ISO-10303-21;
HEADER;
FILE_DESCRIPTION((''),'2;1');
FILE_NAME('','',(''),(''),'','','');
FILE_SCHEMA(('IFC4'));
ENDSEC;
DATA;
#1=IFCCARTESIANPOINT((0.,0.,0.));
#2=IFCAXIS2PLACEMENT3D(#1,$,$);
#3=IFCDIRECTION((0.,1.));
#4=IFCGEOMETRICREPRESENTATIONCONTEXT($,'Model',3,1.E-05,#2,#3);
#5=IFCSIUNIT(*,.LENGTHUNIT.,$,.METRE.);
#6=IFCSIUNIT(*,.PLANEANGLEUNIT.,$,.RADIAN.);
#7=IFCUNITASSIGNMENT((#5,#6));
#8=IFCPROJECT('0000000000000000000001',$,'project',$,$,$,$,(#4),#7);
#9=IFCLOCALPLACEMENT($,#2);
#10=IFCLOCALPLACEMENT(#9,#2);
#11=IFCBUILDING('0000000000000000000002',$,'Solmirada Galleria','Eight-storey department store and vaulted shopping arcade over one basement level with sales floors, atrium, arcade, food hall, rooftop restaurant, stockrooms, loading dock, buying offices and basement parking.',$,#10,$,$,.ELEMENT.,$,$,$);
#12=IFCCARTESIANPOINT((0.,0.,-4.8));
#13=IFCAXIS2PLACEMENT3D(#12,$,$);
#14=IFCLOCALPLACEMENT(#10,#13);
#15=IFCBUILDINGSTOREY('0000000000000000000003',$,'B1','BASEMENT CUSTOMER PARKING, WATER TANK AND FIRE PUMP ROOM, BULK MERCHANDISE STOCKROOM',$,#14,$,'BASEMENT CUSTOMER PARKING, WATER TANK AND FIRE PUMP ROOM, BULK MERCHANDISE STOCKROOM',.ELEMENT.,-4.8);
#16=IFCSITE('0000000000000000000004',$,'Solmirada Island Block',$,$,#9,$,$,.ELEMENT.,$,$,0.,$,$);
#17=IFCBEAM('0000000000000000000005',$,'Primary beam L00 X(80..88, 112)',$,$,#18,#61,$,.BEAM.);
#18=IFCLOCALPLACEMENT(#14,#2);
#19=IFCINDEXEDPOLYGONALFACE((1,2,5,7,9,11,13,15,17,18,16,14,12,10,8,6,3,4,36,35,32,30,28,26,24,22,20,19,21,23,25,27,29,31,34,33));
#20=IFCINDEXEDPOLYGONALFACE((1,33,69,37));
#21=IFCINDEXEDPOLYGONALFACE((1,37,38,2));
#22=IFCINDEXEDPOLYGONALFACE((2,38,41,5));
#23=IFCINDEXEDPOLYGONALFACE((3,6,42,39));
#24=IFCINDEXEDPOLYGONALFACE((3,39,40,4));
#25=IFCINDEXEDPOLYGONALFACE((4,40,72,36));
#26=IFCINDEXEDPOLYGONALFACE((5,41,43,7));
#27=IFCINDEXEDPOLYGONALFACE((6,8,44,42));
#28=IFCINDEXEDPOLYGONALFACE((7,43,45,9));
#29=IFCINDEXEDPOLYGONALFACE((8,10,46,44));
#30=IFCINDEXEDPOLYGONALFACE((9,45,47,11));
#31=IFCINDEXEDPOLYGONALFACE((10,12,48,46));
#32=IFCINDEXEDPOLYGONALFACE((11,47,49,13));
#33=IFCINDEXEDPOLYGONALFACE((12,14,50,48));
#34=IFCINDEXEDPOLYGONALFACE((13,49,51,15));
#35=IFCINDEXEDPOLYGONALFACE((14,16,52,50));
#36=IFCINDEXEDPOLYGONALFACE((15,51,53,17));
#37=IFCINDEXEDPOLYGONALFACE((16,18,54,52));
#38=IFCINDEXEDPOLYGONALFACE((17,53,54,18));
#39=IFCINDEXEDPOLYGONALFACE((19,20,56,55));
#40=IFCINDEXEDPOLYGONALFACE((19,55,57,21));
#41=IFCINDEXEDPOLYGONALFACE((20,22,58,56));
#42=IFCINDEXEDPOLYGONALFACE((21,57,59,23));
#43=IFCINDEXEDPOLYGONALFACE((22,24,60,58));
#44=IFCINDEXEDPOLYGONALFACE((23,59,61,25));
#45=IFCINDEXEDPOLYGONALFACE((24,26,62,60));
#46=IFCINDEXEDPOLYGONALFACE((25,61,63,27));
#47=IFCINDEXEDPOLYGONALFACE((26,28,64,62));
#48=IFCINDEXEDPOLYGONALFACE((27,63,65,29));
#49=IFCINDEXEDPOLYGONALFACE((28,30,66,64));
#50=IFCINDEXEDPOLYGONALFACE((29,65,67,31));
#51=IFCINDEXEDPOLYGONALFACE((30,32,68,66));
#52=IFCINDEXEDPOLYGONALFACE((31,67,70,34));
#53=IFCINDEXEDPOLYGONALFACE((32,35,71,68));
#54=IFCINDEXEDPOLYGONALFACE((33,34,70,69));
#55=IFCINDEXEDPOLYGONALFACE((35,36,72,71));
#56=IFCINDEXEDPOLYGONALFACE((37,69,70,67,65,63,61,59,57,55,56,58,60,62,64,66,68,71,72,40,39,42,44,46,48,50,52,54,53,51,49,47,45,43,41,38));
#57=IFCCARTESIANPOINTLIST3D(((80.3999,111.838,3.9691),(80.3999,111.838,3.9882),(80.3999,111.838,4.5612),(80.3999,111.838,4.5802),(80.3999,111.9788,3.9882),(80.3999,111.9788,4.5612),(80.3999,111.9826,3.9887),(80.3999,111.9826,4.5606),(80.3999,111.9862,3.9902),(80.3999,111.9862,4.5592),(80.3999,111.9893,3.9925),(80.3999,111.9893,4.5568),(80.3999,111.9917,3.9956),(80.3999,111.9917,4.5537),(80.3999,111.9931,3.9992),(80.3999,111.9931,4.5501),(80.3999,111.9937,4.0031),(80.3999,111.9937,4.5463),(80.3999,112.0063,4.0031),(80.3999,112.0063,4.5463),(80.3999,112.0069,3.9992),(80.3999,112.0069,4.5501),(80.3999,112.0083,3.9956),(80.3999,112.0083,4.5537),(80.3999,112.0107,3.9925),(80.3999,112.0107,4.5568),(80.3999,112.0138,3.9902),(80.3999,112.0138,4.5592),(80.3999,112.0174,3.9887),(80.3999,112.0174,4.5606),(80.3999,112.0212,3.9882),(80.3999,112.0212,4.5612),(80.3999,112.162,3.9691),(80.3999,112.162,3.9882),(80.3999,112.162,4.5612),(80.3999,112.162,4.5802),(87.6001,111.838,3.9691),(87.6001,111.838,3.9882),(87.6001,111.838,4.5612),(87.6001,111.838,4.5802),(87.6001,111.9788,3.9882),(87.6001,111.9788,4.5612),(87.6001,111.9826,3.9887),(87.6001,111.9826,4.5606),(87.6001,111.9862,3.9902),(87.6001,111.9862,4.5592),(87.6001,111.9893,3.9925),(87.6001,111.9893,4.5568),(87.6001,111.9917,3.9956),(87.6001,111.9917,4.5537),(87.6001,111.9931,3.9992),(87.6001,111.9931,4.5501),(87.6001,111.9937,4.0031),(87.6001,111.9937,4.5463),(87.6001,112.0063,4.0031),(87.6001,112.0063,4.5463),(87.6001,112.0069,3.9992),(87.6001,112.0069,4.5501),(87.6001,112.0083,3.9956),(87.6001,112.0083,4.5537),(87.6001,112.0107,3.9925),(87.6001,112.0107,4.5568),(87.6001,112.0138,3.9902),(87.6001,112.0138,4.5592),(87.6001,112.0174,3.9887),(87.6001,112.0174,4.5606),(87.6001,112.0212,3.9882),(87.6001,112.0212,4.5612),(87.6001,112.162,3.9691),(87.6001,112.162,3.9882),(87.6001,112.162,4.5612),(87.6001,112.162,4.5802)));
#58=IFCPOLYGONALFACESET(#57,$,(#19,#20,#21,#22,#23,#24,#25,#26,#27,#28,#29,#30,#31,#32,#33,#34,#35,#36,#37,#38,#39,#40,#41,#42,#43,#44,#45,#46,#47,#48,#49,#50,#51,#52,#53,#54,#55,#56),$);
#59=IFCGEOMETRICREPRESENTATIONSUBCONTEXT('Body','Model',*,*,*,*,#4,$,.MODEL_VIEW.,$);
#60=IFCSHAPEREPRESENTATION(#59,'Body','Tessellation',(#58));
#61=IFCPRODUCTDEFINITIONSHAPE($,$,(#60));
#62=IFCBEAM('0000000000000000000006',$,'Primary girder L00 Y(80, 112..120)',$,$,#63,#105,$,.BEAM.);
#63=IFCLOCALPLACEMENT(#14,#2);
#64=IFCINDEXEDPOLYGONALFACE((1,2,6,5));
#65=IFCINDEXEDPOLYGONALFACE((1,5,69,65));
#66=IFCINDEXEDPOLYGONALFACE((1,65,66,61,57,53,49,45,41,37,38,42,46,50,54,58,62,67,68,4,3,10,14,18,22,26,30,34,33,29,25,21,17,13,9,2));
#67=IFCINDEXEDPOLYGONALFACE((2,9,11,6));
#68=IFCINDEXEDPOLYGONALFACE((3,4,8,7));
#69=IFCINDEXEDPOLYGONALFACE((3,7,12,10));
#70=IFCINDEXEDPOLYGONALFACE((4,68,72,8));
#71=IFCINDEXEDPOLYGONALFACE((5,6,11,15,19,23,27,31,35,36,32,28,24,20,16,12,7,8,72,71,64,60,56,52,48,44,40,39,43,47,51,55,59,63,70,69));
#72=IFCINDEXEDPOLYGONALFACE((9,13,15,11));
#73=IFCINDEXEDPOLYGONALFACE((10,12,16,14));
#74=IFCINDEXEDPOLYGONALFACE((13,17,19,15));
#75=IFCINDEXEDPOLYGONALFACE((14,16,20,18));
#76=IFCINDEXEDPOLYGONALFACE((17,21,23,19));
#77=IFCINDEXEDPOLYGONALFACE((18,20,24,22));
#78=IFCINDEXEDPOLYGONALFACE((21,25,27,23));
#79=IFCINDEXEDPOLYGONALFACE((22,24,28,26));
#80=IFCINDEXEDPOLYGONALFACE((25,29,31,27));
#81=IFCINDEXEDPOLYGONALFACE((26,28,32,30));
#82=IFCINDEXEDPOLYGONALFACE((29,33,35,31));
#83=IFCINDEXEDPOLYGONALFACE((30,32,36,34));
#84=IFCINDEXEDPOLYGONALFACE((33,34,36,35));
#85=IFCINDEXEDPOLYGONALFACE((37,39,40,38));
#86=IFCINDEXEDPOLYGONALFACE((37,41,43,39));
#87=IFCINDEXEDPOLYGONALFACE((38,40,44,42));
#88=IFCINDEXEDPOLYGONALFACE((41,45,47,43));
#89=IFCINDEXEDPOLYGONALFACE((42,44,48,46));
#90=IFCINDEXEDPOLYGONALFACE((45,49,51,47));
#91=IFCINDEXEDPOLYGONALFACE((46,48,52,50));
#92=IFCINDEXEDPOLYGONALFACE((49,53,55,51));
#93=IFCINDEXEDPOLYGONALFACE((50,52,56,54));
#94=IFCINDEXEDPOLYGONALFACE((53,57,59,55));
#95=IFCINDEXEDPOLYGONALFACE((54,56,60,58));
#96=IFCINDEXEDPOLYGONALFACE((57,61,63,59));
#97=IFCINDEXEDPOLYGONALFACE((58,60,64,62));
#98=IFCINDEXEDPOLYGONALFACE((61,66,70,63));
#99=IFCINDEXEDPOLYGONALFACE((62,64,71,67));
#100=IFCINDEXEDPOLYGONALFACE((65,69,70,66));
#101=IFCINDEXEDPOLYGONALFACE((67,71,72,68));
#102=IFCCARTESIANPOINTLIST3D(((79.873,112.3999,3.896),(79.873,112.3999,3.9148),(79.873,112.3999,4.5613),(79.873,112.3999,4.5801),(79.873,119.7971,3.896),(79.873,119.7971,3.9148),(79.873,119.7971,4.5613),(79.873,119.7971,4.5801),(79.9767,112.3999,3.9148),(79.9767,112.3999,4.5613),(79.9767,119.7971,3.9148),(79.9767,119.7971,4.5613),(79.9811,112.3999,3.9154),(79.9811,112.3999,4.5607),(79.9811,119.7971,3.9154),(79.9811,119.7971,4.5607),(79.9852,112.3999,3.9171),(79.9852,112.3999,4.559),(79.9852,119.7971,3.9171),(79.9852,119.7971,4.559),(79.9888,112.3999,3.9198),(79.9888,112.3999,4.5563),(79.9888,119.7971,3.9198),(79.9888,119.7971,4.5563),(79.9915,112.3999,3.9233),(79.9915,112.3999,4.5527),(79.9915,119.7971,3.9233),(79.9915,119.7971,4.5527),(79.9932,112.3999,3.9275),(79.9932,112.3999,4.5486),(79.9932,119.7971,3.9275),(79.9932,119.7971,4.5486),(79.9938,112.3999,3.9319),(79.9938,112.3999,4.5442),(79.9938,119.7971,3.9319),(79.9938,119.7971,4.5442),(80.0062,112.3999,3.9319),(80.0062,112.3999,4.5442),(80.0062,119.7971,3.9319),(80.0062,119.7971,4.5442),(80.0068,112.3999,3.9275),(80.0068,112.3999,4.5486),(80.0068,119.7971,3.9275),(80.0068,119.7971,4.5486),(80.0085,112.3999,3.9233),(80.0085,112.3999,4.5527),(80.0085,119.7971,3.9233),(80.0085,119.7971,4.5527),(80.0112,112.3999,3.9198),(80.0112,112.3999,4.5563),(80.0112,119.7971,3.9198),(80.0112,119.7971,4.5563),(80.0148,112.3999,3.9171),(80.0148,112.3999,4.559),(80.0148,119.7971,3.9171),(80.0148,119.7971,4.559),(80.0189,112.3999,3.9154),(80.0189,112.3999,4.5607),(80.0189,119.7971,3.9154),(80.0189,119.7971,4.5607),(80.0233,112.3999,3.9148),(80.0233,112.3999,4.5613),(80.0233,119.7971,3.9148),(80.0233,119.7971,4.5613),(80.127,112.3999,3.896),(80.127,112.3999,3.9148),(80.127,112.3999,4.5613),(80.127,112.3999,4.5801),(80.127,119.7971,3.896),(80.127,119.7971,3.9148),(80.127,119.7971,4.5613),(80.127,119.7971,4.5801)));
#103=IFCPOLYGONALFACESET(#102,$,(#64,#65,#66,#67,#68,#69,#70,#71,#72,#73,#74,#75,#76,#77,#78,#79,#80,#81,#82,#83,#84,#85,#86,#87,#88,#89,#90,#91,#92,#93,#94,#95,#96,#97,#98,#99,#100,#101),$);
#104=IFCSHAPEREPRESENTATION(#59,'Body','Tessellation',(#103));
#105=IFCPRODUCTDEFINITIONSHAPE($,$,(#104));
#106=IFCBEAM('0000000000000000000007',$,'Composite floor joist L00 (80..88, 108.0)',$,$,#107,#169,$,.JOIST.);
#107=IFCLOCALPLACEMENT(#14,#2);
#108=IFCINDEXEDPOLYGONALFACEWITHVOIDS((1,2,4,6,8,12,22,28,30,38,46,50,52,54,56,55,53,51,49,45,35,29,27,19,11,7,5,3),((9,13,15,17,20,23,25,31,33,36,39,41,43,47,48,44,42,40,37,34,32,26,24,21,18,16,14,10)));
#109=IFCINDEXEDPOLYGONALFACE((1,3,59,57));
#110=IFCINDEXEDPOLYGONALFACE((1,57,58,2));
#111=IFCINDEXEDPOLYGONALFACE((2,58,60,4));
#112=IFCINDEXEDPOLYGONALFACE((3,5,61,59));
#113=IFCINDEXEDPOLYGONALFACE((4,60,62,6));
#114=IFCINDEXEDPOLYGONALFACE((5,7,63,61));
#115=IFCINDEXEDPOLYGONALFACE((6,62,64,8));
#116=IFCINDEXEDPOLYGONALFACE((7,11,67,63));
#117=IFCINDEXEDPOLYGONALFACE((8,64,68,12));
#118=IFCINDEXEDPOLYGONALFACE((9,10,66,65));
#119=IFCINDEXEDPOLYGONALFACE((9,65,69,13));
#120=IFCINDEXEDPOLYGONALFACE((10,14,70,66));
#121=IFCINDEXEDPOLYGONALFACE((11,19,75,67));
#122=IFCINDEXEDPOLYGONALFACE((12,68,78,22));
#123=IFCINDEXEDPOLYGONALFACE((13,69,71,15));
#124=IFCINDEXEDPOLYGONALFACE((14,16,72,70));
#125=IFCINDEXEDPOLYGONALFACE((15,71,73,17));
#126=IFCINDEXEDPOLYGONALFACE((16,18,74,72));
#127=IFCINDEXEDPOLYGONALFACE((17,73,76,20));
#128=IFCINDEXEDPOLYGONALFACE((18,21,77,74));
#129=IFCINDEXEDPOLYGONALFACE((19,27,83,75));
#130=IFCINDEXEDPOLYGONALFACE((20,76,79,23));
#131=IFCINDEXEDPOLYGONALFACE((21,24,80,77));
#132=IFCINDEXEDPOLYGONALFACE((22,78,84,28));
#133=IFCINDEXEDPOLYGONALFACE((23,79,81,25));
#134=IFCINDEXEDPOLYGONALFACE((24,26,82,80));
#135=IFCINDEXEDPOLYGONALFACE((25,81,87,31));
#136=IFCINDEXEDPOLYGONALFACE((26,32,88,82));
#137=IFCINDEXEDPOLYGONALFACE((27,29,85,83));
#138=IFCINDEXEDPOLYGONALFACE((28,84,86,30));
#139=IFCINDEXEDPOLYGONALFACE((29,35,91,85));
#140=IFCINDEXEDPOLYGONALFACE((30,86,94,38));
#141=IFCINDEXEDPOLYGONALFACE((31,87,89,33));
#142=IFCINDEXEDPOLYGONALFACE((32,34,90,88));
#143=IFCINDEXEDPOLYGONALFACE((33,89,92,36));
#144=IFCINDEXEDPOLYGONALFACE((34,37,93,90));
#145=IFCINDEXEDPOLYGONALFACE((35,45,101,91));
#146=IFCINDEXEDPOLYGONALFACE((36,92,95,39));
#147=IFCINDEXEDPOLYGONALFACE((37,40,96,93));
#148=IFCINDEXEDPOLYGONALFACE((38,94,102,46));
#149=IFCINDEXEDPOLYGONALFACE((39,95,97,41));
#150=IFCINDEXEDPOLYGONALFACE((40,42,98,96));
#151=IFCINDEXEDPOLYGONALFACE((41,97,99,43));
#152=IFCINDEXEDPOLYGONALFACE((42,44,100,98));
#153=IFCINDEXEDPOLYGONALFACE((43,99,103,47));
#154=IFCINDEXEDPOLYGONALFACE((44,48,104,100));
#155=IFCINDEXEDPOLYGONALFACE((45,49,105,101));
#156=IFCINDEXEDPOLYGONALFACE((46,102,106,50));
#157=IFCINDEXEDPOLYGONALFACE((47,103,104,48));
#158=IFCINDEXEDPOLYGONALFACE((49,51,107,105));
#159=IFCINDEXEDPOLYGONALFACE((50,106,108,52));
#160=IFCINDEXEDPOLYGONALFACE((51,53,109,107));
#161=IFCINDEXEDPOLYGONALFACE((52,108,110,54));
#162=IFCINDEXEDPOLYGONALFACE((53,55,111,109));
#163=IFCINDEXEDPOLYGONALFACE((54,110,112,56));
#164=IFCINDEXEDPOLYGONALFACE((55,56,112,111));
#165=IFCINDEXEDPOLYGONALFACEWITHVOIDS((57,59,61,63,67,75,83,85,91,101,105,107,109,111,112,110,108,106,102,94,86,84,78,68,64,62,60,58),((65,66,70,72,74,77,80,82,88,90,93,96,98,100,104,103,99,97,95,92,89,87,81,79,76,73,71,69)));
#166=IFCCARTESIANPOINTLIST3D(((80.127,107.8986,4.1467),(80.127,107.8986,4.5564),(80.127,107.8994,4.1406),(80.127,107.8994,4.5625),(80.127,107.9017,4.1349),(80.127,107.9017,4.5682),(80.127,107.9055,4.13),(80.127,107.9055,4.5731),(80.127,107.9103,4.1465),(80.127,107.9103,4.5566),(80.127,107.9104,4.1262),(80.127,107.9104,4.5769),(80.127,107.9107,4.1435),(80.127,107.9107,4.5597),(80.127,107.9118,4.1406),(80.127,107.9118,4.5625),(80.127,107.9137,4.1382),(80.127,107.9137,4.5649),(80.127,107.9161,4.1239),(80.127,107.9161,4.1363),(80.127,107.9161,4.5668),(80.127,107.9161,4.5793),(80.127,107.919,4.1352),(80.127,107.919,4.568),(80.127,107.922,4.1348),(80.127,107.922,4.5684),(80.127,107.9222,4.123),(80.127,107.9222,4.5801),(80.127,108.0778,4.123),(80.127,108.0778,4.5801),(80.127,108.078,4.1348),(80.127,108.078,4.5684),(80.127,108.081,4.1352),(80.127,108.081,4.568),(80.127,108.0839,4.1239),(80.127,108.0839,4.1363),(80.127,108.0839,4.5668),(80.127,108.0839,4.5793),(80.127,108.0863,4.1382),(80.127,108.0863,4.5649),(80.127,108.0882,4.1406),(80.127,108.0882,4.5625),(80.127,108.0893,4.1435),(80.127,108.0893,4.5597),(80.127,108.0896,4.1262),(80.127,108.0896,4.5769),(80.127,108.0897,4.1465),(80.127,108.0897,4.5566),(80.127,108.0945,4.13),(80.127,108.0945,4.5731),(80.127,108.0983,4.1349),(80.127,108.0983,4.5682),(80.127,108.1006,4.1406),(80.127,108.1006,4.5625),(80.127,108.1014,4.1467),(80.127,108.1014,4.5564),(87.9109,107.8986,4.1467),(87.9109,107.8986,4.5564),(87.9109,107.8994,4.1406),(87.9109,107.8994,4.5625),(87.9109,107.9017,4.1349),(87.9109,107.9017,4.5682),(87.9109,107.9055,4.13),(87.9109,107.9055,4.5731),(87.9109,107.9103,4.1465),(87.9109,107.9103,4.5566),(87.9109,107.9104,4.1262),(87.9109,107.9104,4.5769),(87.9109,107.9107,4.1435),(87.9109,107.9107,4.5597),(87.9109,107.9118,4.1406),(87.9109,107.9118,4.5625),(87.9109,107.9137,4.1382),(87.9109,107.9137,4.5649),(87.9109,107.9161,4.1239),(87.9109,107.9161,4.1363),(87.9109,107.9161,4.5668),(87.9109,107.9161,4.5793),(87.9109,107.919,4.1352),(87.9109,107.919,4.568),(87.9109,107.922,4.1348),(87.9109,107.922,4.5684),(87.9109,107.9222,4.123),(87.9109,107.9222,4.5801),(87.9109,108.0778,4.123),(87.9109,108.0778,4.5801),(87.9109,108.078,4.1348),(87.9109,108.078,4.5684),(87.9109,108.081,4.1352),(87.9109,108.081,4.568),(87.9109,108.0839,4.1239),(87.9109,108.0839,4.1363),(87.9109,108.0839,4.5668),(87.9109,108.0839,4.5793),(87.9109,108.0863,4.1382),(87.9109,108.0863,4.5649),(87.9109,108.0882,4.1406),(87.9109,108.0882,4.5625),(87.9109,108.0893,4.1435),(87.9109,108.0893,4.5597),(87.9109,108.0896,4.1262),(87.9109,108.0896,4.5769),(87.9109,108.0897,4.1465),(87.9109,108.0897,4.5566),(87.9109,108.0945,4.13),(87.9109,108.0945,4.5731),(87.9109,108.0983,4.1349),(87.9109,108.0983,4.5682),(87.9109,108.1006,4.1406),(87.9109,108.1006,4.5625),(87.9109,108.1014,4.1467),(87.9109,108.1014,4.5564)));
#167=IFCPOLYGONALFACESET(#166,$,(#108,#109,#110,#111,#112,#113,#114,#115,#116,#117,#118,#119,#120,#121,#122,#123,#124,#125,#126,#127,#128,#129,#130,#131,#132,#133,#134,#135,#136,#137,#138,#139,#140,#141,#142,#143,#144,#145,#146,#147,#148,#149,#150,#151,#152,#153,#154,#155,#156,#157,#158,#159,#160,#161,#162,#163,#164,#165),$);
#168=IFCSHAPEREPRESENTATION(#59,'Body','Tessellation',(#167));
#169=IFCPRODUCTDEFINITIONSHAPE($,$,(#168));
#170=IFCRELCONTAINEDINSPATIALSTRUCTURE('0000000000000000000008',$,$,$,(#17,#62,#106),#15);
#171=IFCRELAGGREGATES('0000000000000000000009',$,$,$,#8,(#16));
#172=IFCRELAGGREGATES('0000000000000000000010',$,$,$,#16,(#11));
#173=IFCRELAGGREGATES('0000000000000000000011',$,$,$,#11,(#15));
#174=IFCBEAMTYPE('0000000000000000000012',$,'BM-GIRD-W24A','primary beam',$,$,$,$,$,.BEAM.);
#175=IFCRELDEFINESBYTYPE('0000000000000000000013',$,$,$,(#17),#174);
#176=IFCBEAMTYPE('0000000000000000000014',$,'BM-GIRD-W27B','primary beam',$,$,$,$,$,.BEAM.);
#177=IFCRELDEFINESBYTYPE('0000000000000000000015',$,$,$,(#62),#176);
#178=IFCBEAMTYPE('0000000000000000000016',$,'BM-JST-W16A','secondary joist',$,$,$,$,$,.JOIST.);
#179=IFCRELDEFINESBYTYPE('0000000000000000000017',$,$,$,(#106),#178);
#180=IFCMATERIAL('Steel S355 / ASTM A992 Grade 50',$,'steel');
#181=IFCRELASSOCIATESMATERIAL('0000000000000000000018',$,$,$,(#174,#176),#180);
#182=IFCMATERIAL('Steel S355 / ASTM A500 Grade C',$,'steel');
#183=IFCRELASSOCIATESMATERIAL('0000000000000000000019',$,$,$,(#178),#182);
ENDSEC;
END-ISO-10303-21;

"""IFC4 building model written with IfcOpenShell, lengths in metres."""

from ifc_helpers import new_model, si_unit, direction, frame, origin, origin_2d, place, context, subcontext, project, spatial, hollow_rectangle, i_section, extrude, material, material_profile, profile_set, type_object, element, save


model = new_model("IFC4")

# Units and contexts
model_context = context("Model", 3, precision=1e-05, world=origin(), true_north=direction((0.0, 1.0)))
body_context = subcontext(model_context, "Body", "Model", "MODEL_VIEW")
ifc_project = project(units=[si_unit("LENGTHUNIT", "METRE"), si_unit("PLANEANGLEUNIT", "RADIAN")], contexts=[model_context])

# Site, building, storey
site_placement = place(None, origin())
site = spatial("IfcSite", under=ifc_project, at=site_placement, Name="Solmirada Island Block", CompositionType="ELEMENT", RefElevation=0.0)
building_placement = place(site_placement, origin())
building = spatial("IfcBuilding", under=site, at=building_placement, Name="Solmirada Galleria", Description="Eight-storey department store and vaulted shopping arcade over one basement level with sales floors, atrium, arcade, food hall, rooftop restaurant, stockrooms, loading dock, buying offices and basement parking.", CompositionType="ELEMENT")
storey_placement = place(building_placement, frame((0.0, 0.0, -4.8)))
storey = spatial("IfcBuildingStorey", under=building, at=storey_placement, Name="B1", Description="BASEMENT CUSTOMER PARKING, WATER TANK AND FIRE PUMP ROOM, BULK MERCHANDISE STOCKROOM", LongName="BASEMENT CUSTOMER PARKING, WATER TANK AND FIRE PUMP ROOM, BULK MERCHANDISE STOCKROOM", CompositionType="ELEMENT", Elevation=-4.8)

# Shared definitions
ifc_material_1 = material(Name="Steel S355 / ASTM A500 Grade C", Category="steel")

# Beams
ifc_material_2 = material(Name="Steel S355 / ASTM A992 Grade 50", Category="steel")
ifc_material_profile_1 = material_profile(ifc_material_2, i_section(OverallWidth=0.324, OverallDepth=0.6111, WebThickness=0.0127, FlangeThickness=0.019, FilletRadius=0.0149, at=origin_2d()), Name="W24X104")
ifc_profile_set_1 = profile_set([ifc_material_profile_1], Name="Steel S355 / ASTM A992 Grade 50")
beam_type_1 = type_object("IfcBeamType", Name="BM-GIRD-W24A", Description="primary beam", PredefinedType="BEAM", material=ifc_profile_set_1)
beam_1_placement = place(storey_placement, frame((80.3999, 112.0, 4.2747), z_axis=(1.0, 0.0, 0.0), x_axis=(0.0, 1.0, 0.0)))
element("IfcBeam", 1, at=beam_1_placement, inside=storey, type_object=beam_type_1, Name="Primary beam L00 X(80..88, 112)", PredefinedType="BEAM", context=body_context, shape_type="SweptSolid", body=[
    extrude(i_section(OverallWidth=0.324, OverallDepth=0.6111, WebThickness=0.0127, FlangeThickness=0.019, FilletRadius=0.0149, at=origin_2d()), origin(), (0.0, 0.0, 1.0), 7.2002),
])
ifc_material_profile_2 = material_profile(ifc_material_2, i_section(OverallWidth=0.2539, OverallDepth=0.6841, WebThickness=0.0125, FlangeThickness=0.0188, FilletRadius=0.0171, at=origin_2d()), Name="W27X94")
ifc_profile_set_2 = profile_set([ifc_material_profile_2], Name="Steel S355 / ASTM A992 Grade 50")
beam_type_2 = type_object("IfcBeamType", Name="BM-GIRD-W27B", Description="primary beam", PredefinedType="BEAM", material=ifc_profile_set_2)
beam_2_placement = place(storey_placement, frame((80.0, 112.3999, 4.238), z_axis=(0.0, 1.0, 0.0), x_axis=(-1.0, 0.0, 0.0)))
element("IfcBeam", 2, at=beam_2_placement, inside=storey, type_object=beam_type_2, Name="Primary girder L00 Y(80, 112..120)", PredefinedType="BEAM", context=body_context, shape_type="SweptSolid", body=[
    extrude(i_section(OverallWidth=0.2539, OverallDepth=0.6841, WebThickness=0.0125, FlangeThickness=0.0188, FilletRadius=0.0171, at=origin_2d()), origin(), (0.0, 0.0, 1.0), 7.3972),
])
ifc_material_profile_3 = material_profile(ifc_material_1, hollow_rectangle(XDim=0.2029, YDim=0.457, WallThickness=0.0117, InnerFilletRadius=0.0117, OuterFilletRadius=0.0237, at=origin_2d()), Name="HSS18X8X1/2")
ifc_profile_set_3 = profile_set([ifc_material_profile_3], Name="Steel S355 / ASTM A500 Grade C")
beam_type_3 = type_object("IfcBeamType", Name="BM-JST-W16A", Description="secondary joist", PredefinedType="JOIST", material=ifc_profile_set_3)
beam_3_placement = place(storey_placement, frame((80.127, 108.0, 4.3516), z_axis=(1.0, 0.0, 0.0), x_axis=(0.0, 1.0, 0.0)))
element("IfcBeam", 3, at=beam_3_placement, inside=storey, type_object=beam_type_3, Name="Composite floor joist L00 (80..88, 108.0)", PredefinedType="JOIST", context=body_context, shape_type="SweptSolid", body=[
    extrude(hollow_rectangle(XDim=0.2029, YDim=0.457, WallThickness=0.0117, InnerFilletRadius=0.0117, OuterFilletRadius=0.0237, at=origin_2d()), origin(), (0.0, 0.0, 1.0), 7.7839),
])

save(model, "model.ifc")
